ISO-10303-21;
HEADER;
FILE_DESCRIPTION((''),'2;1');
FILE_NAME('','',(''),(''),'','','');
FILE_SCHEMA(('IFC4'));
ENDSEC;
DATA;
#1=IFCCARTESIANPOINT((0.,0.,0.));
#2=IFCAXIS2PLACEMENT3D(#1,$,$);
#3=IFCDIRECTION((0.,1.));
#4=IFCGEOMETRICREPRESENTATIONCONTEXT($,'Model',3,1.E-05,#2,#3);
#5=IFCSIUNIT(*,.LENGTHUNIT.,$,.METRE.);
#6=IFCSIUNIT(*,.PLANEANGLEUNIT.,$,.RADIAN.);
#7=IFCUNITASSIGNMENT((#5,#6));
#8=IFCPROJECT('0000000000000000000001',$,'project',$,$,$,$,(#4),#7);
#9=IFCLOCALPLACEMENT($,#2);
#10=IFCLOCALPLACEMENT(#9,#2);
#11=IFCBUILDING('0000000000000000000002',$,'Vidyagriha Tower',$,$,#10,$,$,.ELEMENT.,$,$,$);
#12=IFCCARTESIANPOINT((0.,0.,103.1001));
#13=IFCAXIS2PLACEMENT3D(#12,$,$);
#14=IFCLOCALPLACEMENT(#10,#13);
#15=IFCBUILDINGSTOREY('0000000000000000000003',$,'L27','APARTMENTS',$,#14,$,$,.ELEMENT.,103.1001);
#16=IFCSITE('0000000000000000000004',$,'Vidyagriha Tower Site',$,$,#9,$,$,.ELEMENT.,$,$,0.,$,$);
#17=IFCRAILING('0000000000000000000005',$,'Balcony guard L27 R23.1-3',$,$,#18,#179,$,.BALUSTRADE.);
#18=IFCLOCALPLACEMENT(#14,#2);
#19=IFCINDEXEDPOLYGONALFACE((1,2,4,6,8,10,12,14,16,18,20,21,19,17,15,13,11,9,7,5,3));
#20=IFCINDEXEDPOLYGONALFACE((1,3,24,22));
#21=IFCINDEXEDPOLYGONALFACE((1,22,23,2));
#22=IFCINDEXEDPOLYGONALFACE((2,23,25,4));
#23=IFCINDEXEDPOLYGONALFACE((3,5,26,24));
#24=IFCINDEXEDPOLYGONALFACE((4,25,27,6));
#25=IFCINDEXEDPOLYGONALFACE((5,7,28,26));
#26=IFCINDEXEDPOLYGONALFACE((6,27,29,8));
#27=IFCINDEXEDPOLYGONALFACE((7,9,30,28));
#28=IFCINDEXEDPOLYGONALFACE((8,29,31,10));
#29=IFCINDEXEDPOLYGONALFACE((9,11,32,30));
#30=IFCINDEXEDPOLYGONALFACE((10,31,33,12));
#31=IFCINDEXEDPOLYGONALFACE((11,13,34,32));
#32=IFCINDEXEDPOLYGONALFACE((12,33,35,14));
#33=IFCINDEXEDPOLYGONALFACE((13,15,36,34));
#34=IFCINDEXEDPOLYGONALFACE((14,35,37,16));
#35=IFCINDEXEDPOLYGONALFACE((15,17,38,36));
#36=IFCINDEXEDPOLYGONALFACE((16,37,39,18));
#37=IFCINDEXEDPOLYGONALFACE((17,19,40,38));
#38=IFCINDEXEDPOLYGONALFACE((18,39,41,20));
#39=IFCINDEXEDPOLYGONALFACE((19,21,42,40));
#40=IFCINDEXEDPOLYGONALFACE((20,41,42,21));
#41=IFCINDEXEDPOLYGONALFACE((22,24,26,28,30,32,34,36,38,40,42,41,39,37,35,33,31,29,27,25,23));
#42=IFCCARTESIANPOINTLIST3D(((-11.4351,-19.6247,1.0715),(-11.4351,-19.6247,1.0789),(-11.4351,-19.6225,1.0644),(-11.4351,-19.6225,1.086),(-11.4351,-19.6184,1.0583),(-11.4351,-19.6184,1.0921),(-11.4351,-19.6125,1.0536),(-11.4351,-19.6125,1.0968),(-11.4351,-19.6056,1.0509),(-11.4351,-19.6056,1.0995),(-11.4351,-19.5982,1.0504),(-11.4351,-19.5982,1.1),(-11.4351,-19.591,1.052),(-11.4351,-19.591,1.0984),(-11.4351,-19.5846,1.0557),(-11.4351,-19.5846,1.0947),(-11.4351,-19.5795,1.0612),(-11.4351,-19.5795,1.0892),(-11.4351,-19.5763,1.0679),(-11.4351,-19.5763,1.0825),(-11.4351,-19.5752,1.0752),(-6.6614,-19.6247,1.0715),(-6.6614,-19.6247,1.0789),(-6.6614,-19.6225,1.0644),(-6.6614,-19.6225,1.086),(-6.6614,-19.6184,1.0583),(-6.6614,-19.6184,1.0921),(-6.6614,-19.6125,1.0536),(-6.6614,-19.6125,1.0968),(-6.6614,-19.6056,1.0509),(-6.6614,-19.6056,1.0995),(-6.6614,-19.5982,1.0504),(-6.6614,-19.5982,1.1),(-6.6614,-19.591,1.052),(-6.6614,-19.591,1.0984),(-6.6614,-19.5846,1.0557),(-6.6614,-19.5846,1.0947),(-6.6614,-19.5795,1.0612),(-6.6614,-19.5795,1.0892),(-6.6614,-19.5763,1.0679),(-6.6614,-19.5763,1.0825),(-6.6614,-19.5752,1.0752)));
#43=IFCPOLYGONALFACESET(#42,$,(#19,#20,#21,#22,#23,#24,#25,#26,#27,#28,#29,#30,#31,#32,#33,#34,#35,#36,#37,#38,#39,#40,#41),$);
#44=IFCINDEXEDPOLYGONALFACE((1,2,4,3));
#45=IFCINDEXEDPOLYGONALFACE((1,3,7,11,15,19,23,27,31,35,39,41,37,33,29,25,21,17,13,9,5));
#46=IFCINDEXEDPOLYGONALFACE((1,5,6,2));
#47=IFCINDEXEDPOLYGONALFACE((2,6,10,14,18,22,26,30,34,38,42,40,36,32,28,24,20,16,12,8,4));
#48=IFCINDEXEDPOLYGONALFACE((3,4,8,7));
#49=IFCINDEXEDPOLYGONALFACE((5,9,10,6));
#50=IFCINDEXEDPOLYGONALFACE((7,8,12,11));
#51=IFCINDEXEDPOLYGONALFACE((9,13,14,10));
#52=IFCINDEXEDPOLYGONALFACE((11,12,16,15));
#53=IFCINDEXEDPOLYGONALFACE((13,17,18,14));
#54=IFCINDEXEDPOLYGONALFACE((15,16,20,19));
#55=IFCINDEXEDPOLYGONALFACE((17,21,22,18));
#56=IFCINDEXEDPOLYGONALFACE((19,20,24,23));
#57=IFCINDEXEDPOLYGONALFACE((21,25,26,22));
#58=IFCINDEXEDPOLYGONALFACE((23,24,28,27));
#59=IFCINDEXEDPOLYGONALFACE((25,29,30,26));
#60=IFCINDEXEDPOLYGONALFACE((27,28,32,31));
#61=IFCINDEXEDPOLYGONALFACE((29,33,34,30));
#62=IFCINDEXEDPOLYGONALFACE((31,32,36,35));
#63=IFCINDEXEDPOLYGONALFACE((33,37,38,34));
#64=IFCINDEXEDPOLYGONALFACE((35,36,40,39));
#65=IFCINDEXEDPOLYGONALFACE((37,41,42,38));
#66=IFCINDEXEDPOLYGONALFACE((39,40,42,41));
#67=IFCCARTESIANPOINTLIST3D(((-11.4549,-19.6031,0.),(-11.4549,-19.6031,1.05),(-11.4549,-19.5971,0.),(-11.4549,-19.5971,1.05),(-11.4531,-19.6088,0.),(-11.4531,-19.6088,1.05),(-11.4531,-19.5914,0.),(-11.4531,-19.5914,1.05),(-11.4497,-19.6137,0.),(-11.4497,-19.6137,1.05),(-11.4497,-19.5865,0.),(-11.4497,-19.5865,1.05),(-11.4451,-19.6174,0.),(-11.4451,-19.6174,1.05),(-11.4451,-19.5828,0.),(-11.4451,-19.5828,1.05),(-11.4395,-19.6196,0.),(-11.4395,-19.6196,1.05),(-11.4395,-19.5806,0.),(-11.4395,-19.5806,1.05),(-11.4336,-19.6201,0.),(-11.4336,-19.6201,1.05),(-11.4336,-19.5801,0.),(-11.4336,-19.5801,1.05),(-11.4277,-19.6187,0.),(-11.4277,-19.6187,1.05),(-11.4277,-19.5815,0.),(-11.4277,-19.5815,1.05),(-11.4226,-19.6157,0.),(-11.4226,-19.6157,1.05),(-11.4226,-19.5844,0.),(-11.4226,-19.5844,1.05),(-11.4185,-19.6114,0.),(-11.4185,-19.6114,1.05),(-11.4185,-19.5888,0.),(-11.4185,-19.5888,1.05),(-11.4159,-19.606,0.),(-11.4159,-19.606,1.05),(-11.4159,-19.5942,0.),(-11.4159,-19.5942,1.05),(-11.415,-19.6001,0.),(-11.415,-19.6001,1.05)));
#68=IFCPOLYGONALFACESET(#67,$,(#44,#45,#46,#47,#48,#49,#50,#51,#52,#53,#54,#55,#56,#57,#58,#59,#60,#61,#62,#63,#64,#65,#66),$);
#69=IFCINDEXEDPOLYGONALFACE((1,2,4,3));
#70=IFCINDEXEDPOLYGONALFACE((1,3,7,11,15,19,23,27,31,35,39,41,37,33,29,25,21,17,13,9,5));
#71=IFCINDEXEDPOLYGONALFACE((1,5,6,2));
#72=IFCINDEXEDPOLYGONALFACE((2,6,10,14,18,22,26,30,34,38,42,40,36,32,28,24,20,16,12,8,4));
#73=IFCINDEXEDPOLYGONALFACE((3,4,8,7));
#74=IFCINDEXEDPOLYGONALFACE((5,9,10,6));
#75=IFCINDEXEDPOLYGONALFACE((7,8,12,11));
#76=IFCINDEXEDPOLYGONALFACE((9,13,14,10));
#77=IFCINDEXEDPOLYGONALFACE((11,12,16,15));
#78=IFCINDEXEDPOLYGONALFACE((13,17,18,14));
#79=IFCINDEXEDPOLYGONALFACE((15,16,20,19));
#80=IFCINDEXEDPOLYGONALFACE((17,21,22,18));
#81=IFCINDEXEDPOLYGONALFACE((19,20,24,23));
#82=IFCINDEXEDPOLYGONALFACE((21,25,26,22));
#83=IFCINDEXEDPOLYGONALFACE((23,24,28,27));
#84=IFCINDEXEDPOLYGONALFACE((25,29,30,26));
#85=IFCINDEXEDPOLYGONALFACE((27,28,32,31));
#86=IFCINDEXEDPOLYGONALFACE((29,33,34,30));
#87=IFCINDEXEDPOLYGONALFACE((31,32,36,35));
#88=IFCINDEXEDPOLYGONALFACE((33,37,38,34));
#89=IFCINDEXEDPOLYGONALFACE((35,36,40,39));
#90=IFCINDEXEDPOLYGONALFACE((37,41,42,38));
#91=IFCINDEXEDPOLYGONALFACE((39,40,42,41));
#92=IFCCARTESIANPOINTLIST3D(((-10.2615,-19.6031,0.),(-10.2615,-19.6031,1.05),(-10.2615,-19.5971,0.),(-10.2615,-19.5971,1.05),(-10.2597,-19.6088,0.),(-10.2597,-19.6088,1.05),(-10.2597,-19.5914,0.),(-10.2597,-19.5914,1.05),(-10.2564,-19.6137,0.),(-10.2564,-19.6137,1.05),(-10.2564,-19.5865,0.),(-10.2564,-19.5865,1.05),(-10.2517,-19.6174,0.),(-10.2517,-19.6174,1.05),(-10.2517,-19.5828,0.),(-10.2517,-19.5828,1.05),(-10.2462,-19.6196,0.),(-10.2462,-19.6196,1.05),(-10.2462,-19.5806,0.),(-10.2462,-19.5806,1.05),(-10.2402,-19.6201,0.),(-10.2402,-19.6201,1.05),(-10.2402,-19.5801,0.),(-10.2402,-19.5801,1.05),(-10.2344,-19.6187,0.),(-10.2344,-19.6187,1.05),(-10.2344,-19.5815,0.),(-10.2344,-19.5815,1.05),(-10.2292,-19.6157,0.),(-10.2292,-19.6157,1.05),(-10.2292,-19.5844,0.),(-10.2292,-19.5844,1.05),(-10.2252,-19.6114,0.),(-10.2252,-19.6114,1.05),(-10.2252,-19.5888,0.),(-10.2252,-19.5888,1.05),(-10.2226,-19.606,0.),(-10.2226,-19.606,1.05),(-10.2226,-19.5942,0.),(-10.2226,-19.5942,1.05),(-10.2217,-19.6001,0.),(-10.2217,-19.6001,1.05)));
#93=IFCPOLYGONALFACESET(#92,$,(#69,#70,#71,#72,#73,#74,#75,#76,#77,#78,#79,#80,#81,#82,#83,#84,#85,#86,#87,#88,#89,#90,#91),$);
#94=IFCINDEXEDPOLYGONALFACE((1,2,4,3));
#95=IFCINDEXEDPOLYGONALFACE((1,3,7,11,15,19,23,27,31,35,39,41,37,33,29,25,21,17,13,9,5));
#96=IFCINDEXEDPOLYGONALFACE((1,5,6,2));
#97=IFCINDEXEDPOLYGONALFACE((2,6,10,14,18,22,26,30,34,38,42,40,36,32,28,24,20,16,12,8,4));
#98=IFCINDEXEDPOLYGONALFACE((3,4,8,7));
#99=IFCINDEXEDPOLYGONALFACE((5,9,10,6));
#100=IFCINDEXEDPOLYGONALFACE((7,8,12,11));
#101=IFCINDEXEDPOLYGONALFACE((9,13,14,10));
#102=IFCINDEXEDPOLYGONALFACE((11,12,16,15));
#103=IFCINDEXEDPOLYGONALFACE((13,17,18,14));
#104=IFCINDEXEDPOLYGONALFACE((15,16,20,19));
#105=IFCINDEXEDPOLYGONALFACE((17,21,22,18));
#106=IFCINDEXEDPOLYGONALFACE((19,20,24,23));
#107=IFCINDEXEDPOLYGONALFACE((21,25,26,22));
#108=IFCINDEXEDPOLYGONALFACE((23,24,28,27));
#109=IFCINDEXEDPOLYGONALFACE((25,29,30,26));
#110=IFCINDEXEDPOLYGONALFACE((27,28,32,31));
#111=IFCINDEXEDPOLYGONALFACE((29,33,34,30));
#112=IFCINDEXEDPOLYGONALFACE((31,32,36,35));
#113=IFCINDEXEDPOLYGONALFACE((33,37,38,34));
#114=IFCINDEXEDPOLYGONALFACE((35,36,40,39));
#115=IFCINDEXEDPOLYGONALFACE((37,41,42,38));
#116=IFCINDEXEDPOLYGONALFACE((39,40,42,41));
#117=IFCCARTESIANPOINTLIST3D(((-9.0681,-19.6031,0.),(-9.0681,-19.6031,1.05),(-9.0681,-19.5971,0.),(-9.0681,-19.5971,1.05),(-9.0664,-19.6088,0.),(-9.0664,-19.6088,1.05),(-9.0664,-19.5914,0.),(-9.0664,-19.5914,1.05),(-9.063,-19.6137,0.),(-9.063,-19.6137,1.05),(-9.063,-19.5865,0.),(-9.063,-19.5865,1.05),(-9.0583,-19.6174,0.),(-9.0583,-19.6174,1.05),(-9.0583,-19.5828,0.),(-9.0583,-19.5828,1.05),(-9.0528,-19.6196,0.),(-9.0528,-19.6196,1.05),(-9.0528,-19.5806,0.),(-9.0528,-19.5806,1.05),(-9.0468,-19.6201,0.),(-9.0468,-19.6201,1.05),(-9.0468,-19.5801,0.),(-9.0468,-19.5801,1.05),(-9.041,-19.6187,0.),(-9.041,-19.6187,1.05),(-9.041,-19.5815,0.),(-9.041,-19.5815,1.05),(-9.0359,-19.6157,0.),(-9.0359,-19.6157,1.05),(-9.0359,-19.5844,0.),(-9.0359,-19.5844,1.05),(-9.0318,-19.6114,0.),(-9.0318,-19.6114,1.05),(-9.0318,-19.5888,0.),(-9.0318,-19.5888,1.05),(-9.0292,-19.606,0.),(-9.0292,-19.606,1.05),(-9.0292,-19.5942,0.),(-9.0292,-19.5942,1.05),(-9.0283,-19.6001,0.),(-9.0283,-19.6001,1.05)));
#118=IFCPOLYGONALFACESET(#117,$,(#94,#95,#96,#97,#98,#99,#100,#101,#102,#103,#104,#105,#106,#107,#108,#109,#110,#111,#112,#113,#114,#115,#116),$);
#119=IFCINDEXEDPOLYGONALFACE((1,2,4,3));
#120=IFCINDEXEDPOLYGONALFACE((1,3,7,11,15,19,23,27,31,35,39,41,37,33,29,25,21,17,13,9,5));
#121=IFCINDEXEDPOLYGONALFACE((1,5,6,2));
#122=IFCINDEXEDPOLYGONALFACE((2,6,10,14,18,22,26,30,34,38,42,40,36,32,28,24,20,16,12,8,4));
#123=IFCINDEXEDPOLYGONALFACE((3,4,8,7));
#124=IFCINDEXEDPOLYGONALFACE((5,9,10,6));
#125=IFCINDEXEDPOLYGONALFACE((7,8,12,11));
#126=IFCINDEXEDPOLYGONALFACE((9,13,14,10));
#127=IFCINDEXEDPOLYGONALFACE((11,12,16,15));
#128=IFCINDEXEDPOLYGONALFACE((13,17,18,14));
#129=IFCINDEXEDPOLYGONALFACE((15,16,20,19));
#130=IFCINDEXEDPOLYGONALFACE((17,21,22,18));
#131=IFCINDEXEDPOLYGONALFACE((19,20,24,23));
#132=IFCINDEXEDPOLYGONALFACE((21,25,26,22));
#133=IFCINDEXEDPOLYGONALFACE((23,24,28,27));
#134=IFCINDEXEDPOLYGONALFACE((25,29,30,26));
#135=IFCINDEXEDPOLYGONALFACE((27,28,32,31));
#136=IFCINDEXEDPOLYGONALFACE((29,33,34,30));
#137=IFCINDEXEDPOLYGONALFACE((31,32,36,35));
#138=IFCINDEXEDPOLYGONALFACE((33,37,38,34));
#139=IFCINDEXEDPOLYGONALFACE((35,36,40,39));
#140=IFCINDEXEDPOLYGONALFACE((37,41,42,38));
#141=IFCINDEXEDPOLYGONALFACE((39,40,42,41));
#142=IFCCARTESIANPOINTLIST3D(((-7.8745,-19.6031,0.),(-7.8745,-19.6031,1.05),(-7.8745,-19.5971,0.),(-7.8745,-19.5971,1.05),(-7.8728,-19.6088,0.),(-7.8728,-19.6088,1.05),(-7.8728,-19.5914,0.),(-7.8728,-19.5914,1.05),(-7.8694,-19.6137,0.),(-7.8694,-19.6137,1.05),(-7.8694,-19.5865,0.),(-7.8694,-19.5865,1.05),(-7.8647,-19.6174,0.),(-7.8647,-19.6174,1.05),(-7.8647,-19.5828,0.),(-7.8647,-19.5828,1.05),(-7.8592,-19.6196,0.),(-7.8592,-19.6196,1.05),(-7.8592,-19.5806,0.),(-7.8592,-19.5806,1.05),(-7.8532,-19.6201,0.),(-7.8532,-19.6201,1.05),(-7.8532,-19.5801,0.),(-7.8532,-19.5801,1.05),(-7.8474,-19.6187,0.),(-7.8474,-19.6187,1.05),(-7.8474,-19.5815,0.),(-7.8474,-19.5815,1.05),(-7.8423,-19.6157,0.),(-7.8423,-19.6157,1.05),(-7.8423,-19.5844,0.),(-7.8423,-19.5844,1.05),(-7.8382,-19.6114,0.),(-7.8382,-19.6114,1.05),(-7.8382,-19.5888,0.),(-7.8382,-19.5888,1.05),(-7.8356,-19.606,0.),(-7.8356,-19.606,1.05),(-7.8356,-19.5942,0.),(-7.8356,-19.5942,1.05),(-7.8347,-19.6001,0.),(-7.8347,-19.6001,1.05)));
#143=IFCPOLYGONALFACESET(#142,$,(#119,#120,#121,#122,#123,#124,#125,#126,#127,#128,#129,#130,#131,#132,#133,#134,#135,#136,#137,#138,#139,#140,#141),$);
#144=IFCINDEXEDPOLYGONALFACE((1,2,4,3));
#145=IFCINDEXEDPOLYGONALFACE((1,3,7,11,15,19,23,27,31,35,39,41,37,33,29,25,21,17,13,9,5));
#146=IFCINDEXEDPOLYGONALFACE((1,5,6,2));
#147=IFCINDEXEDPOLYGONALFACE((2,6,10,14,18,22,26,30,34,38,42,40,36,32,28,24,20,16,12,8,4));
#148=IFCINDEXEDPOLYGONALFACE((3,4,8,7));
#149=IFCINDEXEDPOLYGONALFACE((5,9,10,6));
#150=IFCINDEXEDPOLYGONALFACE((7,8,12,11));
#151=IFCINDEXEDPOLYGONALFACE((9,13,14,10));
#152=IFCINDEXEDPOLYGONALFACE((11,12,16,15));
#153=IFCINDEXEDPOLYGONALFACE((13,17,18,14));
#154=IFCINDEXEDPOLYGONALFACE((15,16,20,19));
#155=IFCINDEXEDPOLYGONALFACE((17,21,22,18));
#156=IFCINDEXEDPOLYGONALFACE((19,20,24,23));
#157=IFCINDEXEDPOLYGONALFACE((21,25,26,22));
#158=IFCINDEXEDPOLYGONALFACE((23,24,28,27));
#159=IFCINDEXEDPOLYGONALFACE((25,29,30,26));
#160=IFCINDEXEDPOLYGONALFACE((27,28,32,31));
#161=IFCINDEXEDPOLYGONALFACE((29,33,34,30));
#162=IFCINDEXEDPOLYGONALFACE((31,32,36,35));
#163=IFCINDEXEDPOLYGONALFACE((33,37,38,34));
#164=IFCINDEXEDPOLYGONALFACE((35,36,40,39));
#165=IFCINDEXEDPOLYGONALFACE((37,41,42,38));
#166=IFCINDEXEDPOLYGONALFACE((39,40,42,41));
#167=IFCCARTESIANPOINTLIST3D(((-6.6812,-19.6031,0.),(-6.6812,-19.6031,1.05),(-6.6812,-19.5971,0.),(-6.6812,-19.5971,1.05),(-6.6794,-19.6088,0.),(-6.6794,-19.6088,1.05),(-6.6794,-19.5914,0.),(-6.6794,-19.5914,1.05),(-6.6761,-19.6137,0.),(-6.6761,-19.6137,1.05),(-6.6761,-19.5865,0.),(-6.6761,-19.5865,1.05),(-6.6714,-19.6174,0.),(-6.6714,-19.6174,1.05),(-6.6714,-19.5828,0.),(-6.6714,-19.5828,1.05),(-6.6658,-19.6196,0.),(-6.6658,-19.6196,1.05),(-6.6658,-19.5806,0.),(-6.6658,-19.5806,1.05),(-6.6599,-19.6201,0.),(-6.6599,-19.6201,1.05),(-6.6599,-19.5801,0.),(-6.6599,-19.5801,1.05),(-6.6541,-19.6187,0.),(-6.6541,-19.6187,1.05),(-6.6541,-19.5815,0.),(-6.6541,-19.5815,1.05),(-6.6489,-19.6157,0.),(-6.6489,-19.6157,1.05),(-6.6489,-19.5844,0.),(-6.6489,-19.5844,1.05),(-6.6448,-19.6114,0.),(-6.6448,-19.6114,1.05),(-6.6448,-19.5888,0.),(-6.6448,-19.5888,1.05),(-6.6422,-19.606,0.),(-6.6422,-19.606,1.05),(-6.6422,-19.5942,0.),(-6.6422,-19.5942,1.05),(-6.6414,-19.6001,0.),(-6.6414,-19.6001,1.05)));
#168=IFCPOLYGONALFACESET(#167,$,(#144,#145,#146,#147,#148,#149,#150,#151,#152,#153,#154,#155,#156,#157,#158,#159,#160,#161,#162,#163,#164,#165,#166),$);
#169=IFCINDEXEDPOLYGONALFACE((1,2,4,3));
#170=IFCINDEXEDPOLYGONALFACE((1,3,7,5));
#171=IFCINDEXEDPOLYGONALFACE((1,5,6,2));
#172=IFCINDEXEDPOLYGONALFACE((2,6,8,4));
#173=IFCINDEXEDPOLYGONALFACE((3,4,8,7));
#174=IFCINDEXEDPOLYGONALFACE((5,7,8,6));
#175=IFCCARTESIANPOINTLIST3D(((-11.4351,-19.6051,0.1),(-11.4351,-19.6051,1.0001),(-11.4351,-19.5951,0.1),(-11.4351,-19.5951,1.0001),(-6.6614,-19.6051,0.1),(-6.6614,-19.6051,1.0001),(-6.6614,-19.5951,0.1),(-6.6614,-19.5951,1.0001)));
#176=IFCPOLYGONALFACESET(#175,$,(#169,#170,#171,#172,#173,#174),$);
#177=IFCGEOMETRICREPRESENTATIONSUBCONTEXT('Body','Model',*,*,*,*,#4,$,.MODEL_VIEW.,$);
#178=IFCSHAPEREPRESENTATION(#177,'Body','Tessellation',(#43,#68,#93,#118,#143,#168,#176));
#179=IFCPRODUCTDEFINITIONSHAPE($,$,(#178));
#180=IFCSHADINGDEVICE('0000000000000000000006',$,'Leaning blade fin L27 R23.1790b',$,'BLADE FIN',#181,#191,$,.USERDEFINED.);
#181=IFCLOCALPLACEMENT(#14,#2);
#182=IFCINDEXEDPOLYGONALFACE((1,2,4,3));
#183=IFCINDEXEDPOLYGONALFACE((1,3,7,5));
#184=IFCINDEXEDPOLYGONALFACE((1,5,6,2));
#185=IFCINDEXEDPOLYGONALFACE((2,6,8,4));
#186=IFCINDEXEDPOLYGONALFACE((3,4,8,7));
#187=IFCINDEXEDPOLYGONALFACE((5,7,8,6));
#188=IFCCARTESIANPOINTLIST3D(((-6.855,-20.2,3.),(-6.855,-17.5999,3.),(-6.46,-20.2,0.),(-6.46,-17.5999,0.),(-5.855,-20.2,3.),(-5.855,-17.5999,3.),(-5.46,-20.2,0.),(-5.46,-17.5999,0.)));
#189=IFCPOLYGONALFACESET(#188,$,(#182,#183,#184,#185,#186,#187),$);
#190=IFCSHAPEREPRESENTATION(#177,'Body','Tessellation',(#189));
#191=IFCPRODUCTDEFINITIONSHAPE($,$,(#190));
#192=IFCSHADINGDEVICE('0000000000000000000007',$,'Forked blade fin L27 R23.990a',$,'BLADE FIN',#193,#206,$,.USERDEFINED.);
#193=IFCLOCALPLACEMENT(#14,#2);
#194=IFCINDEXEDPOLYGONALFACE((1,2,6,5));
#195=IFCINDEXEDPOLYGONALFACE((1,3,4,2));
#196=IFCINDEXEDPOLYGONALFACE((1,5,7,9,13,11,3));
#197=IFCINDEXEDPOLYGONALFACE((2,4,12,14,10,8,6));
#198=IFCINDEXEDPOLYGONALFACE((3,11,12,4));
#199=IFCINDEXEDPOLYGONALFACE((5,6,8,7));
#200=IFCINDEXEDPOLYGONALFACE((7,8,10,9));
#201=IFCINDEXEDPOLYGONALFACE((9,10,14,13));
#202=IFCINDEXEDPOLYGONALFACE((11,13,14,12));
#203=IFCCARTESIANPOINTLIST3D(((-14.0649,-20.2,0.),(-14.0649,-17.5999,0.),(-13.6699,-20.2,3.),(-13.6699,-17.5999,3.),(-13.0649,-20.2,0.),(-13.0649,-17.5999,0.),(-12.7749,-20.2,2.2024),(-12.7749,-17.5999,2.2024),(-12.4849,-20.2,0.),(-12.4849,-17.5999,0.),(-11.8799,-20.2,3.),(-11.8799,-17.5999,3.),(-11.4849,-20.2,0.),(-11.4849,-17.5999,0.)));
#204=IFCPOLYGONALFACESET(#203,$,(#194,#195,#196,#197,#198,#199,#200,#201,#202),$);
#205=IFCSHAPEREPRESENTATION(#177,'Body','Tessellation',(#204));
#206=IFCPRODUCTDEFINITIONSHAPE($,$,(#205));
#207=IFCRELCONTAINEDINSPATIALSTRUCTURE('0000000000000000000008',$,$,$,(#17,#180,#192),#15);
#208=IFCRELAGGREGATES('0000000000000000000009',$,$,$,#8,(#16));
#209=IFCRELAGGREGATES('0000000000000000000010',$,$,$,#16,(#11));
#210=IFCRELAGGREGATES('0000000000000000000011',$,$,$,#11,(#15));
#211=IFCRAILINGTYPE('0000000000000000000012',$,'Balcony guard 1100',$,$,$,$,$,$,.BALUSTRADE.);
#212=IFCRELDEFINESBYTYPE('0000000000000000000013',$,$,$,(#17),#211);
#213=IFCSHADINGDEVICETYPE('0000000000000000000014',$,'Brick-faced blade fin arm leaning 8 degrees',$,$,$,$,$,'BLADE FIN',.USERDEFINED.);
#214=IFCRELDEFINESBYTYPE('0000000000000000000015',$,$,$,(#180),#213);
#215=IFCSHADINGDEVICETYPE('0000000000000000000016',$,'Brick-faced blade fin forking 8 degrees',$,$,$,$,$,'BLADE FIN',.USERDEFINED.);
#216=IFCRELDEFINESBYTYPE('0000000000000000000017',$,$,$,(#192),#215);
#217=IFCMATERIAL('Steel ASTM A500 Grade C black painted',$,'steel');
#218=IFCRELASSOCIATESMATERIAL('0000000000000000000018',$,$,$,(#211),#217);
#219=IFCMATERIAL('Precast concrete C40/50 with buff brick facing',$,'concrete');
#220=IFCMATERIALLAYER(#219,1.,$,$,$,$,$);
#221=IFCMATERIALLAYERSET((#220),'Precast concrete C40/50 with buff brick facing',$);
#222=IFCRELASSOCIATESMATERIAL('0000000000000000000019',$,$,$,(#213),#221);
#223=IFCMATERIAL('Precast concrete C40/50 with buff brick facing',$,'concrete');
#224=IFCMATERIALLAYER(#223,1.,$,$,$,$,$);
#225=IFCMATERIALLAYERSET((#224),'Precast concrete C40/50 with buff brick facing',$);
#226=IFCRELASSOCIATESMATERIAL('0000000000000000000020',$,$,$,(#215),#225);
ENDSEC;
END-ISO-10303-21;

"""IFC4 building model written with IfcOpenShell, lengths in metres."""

from ifc_helpers import new_model, si_unit, direction, frame, origin, origin_2d, place, context, subcontext, project, spatial, polyline, rectangle, circle, outline, extrude, material, layer, layer_set, type_object, element, save


model = new_model("IFC4")

# Units and contexts
model_context = context("Model", 3, precision=1e-05, world=origin(), true_north=direction((0.0, 1.0)))
body_context = subcontext(model_context, "Body", "Model", "MODEL_VIEW")
ifc_project = project(units=[si_unit("LENGTHUNIT", "METRE"), si_unit("PLANEANGLEUNIT", "RADIAN")], contexts=[model_context])

# Site, building, storey
site_placement = place(None, origin())
site = spatial("IfcSite", under=ifc_project, at=site_placement, Name="Vidyagriha Tower Site", CompositionType="ELEMENT", RefElevation=0.0)
building_placement = place(site_placement, origin())
building = spatial("IfcBuilding", under=site, at=building_placement, Name="Vidyagriha Tower", CompositionType="ELEMENT")
storey_placement = place(building_placement, frame((0.0, 0.0, 103.1001)))
storey = spatial("IfcBuildingStorey", under=building, at=storey_placement, Name="L27", Description="APARTMENTS", CompositionType="ELEMENT", Elevation=103.1001)

# Railing
ifc_material_1 = material(Name="Steel ASTM A500 Grade C black painted", Category="steel")
railing_type = type_object("IfcRailingType", Name="Balcony guard 1100", PredefinedType="BALUSTRADE", material=ifc_material_1)
railing_placement = place(storey_placement, frame((-11.4351, -19.6001, 0.0)))
element("IfcRailing", 1, at=railing_placement, inside=storey, type_object=railing_type, Name="Balcony guard L27 R23.1-3", PredefinedType="BALUSTRADE", context=body_context, shape_type="SweptSolid", body=[
    extrude(circle(Radius=0.0249, at=origin_2d()), frame((0.0, 0.0, 1.0752), z_axis=(1.0, 0.0, 0.0), x_axis=(0.0, 1.0, 0.0)), (0.0, 0.0, 1.0), 4.7737),
    extrude(circle(Radius=0.02, at=origin_2d()), origin(), (0.0, 0.0, 1.0), 1.05),
    extrude(circle(Radius=0.02, at=origin_2d()), frame((1.1934, 0.0, 0.0)), (0.0, 0.0, 1.0), 1.05),
    extrude(circle(Radius=0.02, at=origin_2d()), frame((2.3867, 0.0, 0.0)), (0.0, 0.0, 1.0), 1.05),
    extrude(circle(Radius=0.02, at=origin_2d()), frame((3.5803, 0.0, 0.0)), (0.0, 0.0, 1.0), 1.05),
    extrude(circle(Radius=0.02, at=origin_2d()), frame((4.7737, 0.0, 0.0)), (0.0, 0.0, 1.0), 1.05),
    extrude(rectangle(XDim=0.01, YDim=0.9001, at=origin_2d()), frame((0.0, 0.0, 0.55), z_axis=(1.0, 0.0, 0.0), x_axis=(0.0, 1.0, 0.0)), (0.0, 0.0, 1.0), 4.7737),
])

# Shading devices
ifc_material_2 = material(Name="Precast concrete C40/50 with buff brick facing", Category="concrete")
ifc_layer_1 = layer(ifc_material_2, 1.0)
ifc_layer_set_1 = layer_set([ifc_layer_1], Name="Precast concrete C40/50 with buff brick facing")
shading_device_type_1 = type_object("IfcShadingDeviceType", Name="Brick-faced blade fin arm leaning 8 degrees", ElementType="BLADE FIN", PredefinedType="USERDEFINED", material=ifc_layer_set_1)
shading_device_1_placement = place(storey_placement, frame((-6.855, -18.8999, 0.0)))
element("IfcShadingDevice", 2, at=shading_device_1_placement, inside=storey, type_object=shading_device_type_1, Name="Leaning blade fin L27 R23.1790b", ObjectType="BLADE FIN", PredefinedType="USERDEFINED", context=body_context, shape_type="SweptSolid", body=[
    extrude(outline(polyline([(0.395, 0.0), (1.395, 0.0), (1.0, 3.0), (0.0, 3.0), (0.395, 0.0)])), frame((0.0, 1.3, 0.0), z_axis=(0.0, -1.0, 0.0), x_axis=(1.0, 0.0, 0.0)), (0.0, 0.0, 1.0), 2.6001),
])
ifc_material_3 = material(Name="Precast concrete C40/50 with buff brick facing", Category="concrete")
ifc_layer_2 = layer(ifc_material_3, 1.0)
ifc_layer_set_2 = layer_set([ifc_layer_2], Name="Precast concrete C40/50 with buff brick facing")
shading_device_type_2 = type_object("IfcShadingDeviceType", Name="Brick-faced blade fin forking 8 degrees", ElementType="BLADE FIN", PredefinedType="USERDEFINED", material=ifc_layer_set_2)
shading_device_2_placement = place(storey_placement, frame((-14.0649, -18.8999, 0.0)))
element("IfcShadingDevice", 3, at=shading_device_2_placement, inside=storey, type_object=shading_device_type_2, Name="Forked blade fin L27 R23.990a", ObjectType="BLADE FIN", PredefinedType="USERDEFINED", context=body_context, shape_type="SweptSolid", body=[
    extrude(outline(polyline([(1.0, 0.0), (1.29, 2.2024), (1.5801, 0.0), (2.5801, 0.0), (2.1851, 3.0), (0.395, 3.0), (0.0, 0.0), (1.0, 0.0)])), frame((0.0, 1.3, 0.0), z_axis=(0.0, -1.0, 0.0), x_axis=(1.0, 0.0, 0.0)), (0.0, 0.0, 1.0), 2.6001),
])

save(model, "model.ifc")
